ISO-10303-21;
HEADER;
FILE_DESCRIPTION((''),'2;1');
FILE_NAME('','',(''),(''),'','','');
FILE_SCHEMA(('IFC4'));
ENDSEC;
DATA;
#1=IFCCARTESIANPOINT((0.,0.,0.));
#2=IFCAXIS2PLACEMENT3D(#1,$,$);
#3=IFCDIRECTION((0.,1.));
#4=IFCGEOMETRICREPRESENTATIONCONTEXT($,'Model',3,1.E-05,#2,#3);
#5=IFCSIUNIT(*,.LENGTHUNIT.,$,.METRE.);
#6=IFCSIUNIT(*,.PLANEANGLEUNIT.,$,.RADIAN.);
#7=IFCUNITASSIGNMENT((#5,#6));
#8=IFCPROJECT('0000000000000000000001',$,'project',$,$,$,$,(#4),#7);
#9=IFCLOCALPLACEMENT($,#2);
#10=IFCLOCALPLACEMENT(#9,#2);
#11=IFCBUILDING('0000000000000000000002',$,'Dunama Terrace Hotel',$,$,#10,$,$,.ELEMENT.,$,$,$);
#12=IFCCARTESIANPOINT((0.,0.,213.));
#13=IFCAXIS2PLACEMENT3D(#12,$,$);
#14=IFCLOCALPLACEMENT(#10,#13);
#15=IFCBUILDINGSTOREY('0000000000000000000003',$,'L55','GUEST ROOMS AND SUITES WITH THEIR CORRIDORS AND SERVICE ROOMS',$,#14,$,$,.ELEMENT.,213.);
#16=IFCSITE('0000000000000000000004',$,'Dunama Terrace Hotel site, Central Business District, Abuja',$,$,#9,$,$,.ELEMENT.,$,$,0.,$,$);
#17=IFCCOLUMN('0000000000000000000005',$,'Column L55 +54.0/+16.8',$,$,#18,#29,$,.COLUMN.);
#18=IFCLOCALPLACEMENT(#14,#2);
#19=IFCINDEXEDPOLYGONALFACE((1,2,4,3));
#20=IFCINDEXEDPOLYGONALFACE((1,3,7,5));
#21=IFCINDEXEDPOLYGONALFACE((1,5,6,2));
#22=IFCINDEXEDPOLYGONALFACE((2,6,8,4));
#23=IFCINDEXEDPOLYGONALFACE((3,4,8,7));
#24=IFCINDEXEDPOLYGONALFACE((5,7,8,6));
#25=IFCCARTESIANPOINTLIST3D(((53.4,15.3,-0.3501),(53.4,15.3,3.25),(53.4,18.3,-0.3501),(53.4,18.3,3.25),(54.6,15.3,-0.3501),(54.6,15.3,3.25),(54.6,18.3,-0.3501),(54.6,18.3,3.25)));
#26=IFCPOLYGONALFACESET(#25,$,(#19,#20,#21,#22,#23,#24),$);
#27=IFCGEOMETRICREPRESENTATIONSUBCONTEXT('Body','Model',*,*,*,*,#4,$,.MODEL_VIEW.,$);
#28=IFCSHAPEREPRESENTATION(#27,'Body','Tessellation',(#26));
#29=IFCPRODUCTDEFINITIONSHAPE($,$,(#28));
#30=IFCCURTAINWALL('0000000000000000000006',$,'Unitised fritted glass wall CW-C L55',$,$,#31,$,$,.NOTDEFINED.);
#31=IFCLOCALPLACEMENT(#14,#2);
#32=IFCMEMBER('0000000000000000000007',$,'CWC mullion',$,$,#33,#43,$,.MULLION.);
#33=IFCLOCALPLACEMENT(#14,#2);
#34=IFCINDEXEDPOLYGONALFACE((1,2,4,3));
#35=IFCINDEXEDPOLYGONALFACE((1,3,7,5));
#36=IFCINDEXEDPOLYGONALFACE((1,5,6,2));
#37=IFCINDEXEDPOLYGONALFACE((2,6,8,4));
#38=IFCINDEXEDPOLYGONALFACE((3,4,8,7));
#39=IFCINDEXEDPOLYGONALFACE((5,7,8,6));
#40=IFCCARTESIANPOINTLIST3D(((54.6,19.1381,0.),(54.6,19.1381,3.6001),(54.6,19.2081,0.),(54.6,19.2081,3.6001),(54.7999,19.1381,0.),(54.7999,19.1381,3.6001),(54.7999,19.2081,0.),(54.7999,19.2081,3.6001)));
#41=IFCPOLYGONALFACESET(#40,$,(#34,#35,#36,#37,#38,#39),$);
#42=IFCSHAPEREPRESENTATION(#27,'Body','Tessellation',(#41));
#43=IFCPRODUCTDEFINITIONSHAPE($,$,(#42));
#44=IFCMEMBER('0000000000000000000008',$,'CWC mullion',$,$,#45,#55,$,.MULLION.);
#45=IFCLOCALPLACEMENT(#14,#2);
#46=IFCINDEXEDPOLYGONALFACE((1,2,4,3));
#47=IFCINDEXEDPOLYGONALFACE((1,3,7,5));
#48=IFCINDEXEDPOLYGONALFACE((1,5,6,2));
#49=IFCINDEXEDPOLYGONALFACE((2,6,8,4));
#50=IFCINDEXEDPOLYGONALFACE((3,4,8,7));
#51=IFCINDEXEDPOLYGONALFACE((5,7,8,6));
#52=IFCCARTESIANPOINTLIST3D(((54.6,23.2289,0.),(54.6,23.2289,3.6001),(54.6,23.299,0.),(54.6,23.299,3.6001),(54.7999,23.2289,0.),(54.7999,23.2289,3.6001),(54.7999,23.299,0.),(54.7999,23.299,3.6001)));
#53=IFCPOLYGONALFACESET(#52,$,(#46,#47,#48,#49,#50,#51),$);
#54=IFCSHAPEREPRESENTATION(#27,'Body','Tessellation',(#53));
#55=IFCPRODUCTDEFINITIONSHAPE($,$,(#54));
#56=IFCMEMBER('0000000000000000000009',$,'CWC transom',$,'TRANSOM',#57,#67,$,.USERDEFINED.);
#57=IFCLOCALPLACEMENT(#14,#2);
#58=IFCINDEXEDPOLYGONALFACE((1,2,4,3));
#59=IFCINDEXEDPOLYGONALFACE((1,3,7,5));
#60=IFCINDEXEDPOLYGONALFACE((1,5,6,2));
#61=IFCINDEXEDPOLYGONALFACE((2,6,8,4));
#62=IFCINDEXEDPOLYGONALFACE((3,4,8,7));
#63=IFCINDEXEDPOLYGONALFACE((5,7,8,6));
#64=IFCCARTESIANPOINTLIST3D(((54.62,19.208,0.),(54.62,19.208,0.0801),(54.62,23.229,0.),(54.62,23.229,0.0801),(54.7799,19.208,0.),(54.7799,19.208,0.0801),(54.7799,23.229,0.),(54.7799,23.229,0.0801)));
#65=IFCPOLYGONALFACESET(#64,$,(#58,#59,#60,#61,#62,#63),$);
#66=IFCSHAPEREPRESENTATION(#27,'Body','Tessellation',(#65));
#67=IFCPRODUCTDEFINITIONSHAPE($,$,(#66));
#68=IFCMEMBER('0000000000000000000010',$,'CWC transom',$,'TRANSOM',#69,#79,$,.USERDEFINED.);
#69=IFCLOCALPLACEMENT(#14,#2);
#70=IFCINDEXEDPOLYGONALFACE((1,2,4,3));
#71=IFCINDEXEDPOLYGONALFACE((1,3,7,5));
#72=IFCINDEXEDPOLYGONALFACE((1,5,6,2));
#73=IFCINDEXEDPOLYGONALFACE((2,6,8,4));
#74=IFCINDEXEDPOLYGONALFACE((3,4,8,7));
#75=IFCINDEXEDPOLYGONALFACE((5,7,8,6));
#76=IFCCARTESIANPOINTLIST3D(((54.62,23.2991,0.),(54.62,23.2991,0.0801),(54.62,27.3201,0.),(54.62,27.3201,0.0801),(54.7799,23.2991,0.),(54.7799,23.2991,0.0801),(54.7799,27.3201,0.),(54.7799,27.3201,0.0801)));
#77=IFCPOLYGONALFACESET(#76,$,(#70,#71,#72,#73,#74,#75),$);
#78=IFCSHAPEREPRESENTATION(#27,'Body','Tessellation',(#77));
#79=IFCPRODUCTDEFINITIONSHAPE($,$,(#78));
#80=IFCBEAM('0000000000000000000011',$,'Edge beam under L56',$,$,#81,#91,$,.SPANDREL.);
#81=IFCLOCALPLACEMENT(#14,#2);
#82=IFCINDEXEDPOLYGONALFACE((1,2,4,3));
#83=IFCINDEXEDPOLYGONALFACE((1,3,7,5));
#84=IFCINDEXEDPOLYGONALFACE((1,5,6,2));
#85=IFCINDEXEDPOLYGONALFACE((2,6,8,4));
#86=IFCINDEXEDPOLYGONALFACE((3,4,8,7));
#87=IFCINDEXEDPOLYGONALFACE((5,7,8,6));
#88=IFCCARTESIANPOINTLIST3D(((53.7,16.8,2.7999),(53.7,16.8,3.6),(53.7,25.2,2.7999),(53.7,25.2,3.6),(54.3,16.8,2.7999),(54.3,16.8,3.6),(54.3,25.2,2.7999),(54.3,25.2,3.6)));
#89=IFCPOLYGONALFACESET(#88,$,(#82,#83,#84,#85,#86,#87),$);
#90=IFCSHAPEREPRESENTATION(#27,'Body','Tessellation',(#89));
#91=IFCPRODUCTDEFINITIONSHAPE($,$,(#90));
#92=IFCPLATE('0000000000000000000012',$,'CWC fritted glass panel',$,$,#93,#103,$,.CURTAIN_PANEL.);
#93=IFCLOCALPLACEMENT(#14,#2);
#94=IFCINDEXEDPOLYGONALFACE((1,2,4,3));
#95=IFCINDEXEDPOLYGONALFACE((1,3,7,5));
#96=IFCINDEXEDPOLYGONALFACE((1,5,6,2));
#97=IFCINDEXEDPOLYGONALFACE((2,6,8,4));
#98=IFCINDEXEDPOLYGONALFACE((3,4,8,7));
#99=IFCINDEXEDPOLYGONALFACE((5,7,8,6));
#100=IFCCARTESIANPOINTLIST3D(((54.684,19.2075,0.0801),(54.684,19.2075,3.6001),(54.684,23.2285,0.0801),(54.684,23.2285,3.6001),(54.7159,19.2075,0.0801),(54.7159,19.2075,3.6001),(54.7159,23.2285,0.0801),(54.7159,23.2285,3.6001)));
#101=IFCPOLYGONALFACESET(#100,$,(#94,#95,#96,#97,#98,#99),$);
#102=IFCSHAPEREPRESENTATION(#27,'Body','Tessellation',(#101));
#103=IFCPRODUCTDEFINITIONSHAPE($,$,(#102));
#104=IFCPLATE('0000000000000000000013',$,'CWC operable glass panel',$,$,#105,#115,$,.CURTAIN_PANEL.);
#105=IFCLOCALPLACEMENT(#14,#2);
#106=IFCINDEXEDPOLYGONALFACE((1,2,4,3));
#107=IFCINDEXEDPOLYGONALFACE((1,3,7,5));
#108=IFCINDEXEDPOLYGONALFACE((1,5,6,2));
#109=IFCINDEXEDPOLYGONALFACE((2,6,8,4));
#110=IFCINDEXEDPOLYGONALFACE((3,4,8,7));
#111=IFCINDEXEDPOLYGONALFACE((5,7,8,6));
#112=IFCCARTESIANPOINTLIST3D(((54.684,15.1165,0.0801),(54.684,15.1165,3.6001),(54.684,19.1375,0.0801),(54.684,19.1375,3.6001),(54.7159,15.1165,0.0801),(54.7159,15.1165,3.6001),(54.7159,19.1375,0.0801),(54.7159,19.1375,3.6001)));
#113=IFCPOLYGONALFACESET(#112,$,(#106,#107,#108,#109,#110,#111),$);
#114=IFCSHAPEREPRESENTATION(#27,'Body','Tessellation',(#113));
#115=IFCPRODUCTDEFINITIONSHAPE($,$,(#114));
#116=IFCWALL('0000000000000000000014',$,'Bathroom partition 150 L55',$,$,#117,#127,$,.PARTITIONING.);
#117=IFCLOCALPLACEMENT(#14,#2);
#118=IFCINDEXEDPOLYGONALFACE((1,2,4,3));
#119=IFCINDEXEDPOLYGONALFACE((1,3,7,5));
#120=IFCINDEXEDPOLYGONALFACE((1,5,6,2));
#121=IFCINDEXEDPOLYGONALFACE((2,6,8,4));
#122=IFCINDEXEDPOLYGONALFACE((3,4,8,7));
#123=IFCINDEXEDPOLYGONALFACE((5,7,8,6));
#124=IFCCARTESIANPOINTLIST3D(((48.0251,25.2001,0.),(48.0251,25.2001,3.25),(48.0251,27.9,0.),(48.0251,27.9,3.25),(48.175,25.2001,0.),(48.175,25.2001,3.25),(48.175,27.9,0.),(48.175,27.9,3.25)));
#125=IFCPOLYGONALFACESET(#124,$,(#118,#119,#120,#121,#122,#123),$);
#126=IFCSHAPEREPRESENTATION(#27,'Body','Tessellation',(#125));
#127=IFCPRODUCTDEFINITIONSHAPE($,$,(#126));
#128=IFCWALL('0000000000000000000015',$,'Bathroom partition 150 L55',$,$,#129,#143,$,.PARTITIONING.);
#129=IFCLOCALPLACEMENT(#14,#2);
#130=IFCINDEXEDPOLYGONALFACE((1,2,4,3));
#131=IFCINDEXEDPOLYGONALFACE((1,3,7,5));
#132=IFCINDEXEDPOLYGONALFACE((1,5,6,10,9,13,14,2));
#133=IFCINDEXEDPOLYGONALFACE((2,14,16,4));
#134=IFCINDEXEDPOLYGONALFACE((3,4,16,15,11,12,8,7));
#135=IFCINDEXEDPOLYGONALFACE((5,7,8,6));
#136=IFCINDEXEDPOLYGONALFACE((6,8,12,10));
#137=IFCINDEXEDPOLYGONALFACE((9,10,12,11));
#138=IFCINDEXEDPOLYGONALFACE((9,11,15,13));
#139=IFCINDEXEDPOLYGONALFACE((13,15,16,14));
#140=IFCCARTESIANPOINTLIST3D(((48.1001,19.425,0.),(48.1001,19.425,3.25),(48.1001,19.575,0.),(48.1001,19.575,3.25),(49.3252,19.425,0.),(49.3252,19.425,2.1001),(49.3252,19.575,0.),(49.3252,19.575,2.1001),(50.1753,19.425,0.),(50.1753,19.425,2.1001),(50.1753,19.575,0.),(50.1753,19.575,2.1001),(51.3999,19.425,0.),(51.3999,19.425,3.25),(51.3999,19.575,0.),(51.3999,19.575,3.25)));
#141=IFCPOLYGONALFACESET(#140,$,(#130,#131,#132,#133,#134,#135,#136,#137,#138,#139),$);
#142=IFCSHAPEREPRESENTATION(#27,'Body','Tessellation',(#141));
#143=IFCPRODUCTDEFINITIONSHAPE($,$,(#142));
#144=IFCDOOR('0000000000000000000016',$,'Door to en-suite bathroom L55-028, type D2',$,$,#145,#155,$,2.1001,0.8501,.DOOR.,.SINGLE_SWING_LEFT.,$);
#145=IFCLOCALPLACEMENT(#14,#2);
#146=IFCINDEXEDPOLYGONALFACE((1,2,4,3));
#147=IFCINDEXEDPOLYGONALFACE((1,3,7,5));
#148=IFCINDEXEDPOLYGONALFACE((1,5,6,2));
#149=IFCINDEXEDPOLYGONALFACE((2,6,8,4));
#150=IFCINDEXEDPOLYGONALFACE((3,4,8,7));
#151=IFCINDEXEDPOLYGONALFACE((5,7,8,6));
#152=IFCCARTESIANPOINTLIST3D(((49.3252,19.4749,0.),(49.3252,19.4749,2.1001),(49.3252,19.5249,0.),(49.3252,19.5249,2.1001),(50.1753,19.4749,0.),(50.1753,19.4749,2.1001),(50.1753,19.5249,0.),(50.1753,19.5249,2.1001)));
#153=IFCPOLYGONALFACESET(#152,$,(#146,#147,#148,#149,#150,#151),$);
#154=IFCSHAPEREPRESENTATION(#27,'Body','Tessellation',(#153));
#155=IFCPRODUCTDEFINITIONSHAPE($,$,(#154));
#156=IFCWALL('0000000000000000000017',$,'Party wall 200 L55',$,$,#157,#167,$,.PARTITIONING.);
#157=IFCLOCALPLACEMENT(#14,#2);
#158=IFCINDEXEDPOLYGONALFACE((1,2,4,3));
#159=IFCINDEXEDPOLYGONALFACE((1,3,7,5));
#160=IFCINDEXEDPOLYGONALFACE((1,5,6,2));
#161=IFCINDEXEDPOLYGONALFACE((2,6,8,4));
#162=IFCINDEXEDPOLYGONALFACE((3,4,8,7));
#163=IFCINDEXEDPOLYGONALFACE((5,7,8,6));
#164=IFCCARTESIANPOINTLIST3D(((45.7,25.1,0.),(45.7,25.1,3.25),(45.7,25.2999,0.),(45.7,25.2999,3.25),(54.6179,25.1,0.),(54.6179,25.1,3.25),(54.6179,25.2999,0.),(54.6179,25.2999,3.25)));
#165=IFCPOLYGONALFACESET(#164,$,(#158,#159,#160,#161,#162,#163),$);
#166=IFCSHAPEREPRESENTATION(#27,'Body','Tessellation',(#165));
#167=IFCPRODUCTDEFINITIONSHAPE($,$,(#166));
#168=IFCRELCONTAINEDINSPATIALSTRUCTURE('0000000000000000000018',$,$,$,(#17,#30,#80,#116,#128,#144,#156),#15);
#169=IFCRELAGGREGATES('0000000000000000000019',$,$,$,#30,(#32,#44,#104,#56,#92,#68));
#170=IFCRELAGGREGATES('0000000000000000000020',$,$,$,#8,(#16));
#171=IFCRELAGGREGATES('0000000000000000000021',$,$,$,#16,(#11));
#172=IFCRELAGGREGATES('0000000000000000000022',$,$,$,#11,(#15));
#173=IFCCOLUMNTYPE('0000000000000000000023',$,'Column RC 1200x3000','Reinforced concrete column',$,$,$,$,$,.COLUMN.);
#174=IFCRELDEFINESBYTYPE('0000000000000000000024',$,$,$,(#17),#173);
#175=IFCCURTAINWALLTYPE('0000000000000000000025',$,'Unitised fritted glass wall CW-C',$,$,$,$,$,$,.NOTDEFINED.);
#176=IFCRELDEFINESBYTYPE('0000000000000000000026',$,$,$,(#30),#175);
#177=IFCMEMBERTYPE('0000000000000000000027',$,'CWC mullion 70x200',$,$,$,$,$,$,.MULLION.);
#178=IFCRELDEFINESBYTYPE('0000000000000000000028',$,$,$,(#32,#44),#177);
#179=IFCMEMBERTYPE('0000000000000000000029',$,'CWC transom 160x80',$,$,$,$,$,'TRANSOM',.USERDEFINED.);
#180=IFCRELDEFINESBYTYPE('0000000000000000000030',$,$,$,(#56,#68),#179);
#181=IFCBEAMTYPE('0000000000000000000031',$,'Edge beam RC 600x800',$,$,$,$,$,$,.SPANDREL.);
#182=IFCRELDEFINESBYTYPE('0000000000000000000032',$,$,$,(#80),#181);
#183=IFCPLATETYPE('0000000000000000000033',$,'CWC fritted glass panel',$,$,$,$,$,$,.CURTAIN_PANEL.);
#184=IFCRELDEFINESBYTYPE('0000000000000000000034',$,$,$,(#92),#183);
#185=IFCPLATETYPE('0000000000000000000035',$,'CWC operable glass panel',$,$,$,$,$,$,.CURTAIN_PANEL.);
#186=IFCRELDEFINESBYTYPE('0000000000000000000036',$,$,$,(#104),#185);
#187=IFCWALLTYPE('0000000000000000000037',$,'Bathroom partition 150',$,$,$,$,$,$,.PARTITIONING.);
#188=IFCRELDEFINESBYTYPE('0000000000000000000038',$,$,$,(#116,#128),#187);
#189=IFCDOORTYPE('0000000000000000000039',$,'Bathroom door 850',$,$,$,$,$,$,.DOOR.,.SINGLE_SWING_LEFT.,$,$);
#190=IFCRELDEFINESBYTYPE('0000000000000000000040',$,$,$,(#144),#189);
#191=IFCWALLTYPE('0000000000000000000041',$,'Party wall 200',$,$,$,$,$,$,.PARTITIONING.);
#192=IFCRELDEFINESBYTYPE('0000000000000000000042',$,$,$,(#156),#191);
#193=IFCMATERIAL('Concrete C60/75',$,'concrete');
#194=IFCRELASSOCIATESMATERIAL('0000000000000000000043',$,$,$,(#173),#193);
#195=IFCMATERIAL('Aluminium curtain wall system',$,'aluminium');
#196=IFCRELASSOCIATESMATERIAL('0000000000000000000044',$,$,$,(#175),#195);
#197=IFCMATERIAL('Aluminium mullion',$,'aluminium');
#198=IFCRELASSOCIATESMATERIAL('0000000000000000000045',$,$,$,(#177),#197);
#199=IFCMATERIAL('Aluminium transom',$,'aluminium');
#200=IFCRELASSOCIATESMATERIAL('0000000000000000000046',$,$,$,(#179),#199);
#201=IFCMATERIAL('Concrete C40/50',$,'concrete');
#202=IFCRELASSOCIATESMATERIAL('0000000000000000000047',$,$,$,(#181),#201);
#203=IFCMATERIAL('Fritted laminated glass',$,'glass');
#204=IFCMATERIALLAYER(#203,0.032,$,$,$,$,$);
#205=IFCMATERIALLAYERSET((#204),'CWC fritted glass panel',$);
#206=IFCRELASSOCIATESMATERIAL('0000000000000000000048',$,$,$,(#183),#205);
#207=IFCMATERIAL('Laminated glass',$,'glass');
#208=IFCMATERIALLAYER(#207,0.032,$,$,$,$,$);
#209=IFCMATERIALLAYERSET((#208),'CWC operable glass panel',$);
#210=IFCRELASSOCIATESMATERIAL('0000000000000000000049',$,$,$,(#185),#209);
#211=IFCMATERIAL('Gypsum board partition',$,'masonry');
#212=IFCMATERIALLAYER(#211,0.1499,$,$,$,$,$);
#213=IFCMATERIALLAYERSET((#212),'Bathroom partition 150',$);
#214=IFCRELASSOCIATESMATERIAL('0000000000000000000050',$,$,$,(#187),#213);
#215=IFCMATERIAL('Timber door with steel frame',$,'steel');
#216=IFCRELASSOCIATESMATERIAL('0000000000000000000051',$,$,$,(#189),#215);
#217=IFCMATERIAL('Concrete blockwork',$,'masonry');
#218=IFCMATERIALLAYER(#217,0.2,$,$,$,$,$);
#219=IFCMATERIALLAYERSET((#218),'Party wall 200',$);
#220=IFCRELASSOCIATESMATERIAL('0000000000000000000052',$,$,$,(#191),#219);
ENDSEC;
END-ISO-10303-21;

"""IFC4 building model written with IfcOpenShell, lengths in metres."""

from ifc_helpers import new_model, si_unit, direction, frame, frame_2d, origin, origin_2d, place, context, subcontext, project, spatial, rectangle, extrude, material, layer, layer_set, material_profile, profile_set, type_object, element, fill, aggregate, save


model = new_model("IFC4")

# Units and contexts
model_context = context("Model", 3, precision=1e-05, world=origin(), true_north=direction((0.0, 1.0)))
body_context = subcontext(model_context, "Body", "Model", "MODEL_VIEW")
ifc_project = project(units=[si_unit("LENGTHUNIT", "METRE"), si_unit("PLANEANGLEUNIT", "RADIAN")], contexts=[model_context])

# Site, building, storey
site_placement = place(None, origin())
site = spatial("IfcSite", under=ifc_project, at=site_placement, Name="Dunama Terrace Hotel site, Central Business District, Abuja", CompositionType="ELEMENT", RefElevation=0.0)
building_placement = place(site_placement, origin())
building = spatial("IfcBuilding", under=site, at=building_placement, Name="Dunama Terrace Hotel", CompositionType="ELEMENT")
storey_placement = place(building_placement, frame((0.0, 0.0, 213.0)))
storey = spatial("IfcBuildingStorey", under=building, at=storey_placement, Name="L55", Description="GUEST ROOMS AND SUITES WITH THEIR CORRIDORS AND SERVICE ROOMS", CompositionType="ELEMENT", Elevation=213.0)

# Column
ifc_material_1 = material(Name="Concrete C60/75", Category="concrete")
ifc_material_profile_1 = material_profile(ifc_material_1, rectangle(XDim=1.2, YDim=3.0, at=origin_2d()), Name="RC 1200x3000")
ifc_profile_set_1 = profile_set([ifc_material_profile_1], Name="Concrete C60/75")
column_type = type_object("IfcColumnType", Name="Column RC 1200x3000", Description="Reinforced concrete column", PredefinedType="COLUMN", material=ifc_profile_set_1)
column_placement = place(storey_placement, frame((54.0, 16.8, -0.3501), z_axis=(0.0, 0.0, 1.0), x_axis=(1.0, 0.0, 0.0)))
element("IfcColumn", 1, at=column_placement, inside=storey, type_object=column_type, Name="Column L55 +54.0/+16.8", PredefinedType="COLUMN", context=body_context, shape_type="SweptSolid", body=[
    extrude(rectangle(XDim=1.2, YDim=3.0, at=origin_2d()), origin(), (0.0, 0.0, 1.0), 3.6001),
])

# Curtain wall, members
ifc_material_2 = material(Name="Aluminium curtain wall system", Category="aluminium")
curtain_wall_type = type_object("IfcCurtainWallType", Name="Unitised fritted glass wall CW-C", PredefinedType="NOTDEFINED", material=ifc_material_2)
curtain_wall_placement = place(storey_placement, origin())
curtain_wall = element("IfcCurtainWall", 2, at=curtain_wall_placement, inside=storey, type_object=curtain_wall_type, Name="Unitised fritted glass wall CW-C L55", PredefinedType="NOTDEFINED")
ifc_material_3 = material(Name="Aluminium mullion", Category="aluminium")
ifc_material_profile_2 = material_profile(ifc_material_3, rectangle(XDim=0.0701, YDim=0.2, at=origin_2d()), Name="CWC MULLION 70X200")
ifc_profile_set_2 = profile_set([ifc_material_profile_2], Name="Aluminium mullion")
member_type_1 = type_object("IfcMemberType", Name="CWC mullion 70x200", PredefinedType="MULLION", material=ifc_profile_set_2)
member_1_placement = place(storey_placement, frame((54.7, 19.1731, 0.0), z_axis=(0.0, 0.0, 1.0), x_axis=(0.0, 1.0, 0.0)))
member_1 = element("IfcMember", 3, at=member_1_placement, type_object=member_type_1, Name="CWC mullion", PredefinedType="MULLION", context=body_context, shape_type="SweptSolid", body=[
    extrude(rectangle(XDim=0.0701, YDim=0.2, at=origin_2d()), origin(), (0.0, 0.0, 1.0), 3.6001),
])
member_2_placement = place(storey_placement, frame((54.7, 23.2639, 0.0), z_axis=(0.0, 0.0, 1.0), x_axis=(0.0, 1.0, 0.0)))
member_2 = element("IfcMember", 4, at=member_2_placement, type_object=member_type_1, Name="CWC mullion", PredefinedType="MULLION", context=body_context, shape_type="SweptSolid", body=[
    extrude(rectangle(XDim=0.0701, YDim=0.2, at=origin_2d()), origin(), (0.0, 0.0, 1.0), 3.6001),
])
ifc_material_4 = material(Name="Aluminium transom", Category="aluminium")
ifc_material_profile_3 = material_profile(ifc_material_4, rectangle(XDim=0.1599, YDim=0.0801, at=origin_2d()), Name="CWC TRANSOM 160X80")
ifc_profile_set_3 = profile_set([ifc_material_profile_3], Name="Aluminium transom")
member_type_2 = type_object("IfcMemberType", Name="CWC transom 160x80", ElementType="TRANSOM", PredefinedType="USERDEFINED", material=ifc_profile_set_3)
member_3_placement = place(storey_placement, frame((54.7, 19.208, 0.04), z_axis=(0.0, 1.0, 0.0), x_axis=(-1.0, 0.0, 0.0)))
member_3 = element("IfcMember", 5, at=member_3_placement, type_object=member_type_2, Name="CWC transom", ObjectType="TRANSOM", PredefinedType="USERDEFINED", context=body_context, shape_type="SweptSolid", body=[
    extrude(rectangle(XDim=0.1599, YDim=0.0801, at=origin_2d()), origin(), (0.0, 0.0, 1.0), 4.021),
])
member_4_placement = place(storey_placement, frame((54.7, 23.2991, 0.04), z_axis=(0.0, 1.0, 0.0), x_axis=(-1.0, 0.0, 0.0)))
member_4 = element("IfcMember", 6, at=member_4_placement, type_object=member_type_2, Name="CWC transom", ObjectType="TRANSOM", PredefinedType="USERDEFINED", context=body_context, shape_type="SweptSolid", body=[
    extrude(rectangle(XDim=0.1599, YDim=0.0801, at=origin_2d()), origin(), (0.0, 0.0, 1.0), 4.021),
])

# Beam
ifc_material_5 = material(Name="Concrete C40/50", Category="concrete")
ifc_material_profile_4 = material_profile(ifc_material_5, rectangle(XDim=0.6001, YDim=0.8, at=origin_2d()), Name="RC 600x800")
ifc_profile_set_4 = profile_set([ifc_material_profile_4], Name="Concrete C40/50")
beam_type = type_object("IfcBeamType", Name="Edge beam RC 600x800", PredefinedType="SPANDREL", material=ifc_profile_set_4)
beam_placement = place(storey_placement, frame((54.0, 16.8, 3.2), z_axis=(0.0, 1.0, 0.0), x_axis=(-1.0, 0.0, 0.0)))
element("IfcBeam", 7, at=beam_placement, inside=storey, type_object=beam_type, Name="Edge beam under L56", PredefinedType="SPANDREL", context=body_context, shape_type="SweptSolid", body=[
    extrude(rectangle(XDim=0.6001, YDim=0.8, at=origin_2d()), origin(), (0.0, 0.0, 1.0), 8.3999),
])

# Plates
ifc_material_6 = material(Name="Fritted laminated glass", Category="glass")
ifc_layer_1 = layer(ifc_material_6, 0.032)
ifc_layer_set_1 = layer_set([ifc_layer_1], Name="CWC fritted glass panel")
plate_type_1 = type_object("IfcPlateType", Name="CWC fritted glass panel", PredefinedType="CURTAIN_PANEL", material=ifc_layer_set_1)
plate_1_placement = place(storey_placement, frame((54.7, 21.218, 0.0801), z_axis=(0.0, 0.0, 1.0), x_axis=(0.0, 1.0, 0.0)))
plate_1 = element("IfcPlate", 8, at=plate_1_placement, type_object=plate_type_1, Name="CWC fritted glass panel", PredefinedType="CURTAIN_PANEL", context=body_context, shape_type="SweptSolid", body=[
    extrude(rectangle(XDim=4.021, YDim=0.032, at=origin_2d()), origin(), (0.0, 0.0, 1.0), 3.52),
])
ifc_material_7 = material(Name="Laminated glass", Category="glass")
ifc_layer_2 = layer(ifc_material_7, 0.032)
ifc_layer_set_2 = layer_set([ifc_layer_2], Name="CWC operable glass panel")
plate_type_2 = type_object("IfcPlateType", Name="CWC operable glass panel", PredefinedType="CURTAIN_PANEL", material=ifc_layer_set_2)
plate_2_placement = place(storey_placement, frame((54.7, 17.127, 0.0801), z_axis=(0.0, 0.0, 1.0), x_axis=(0.0, 1.0, 0.0)))
plate_2 = element("IfcPlate", 9, at=plate_2_placement, type_object=plate_type_2, Name="CWC operable glass panel", PredefinedType="CURTAIN_PANEL", context=body_context, shape_type="SweptSolid", body=[
    extrude(rectangle(XDim=4.021, YDim=0.032, at=origin_2d()), origin(), (0.0, 0.0, 1.0), 3.52),
])
aggregate(curtain_wall, [member_1, member_2, plate_2, member_3, plate_1, member_4])

# Wall
ifc_material_8 = material(Name="Gypsum board partition", Category="masonry")
ifc_layer_3 = layer(ifc_material_8, 0.1499)
ifc_layer_set_3 = layer_set([ifc_layer_3], Name="Bathroom partition 150")
wall_type_1 = type_object("IfcWallType", Name="Bathroom partition 150", PredefinedType="PARTITIONING", material=ifc_layer_set_3)
wall_1_placement = place(storey_placement, frame((48.1001, 25.2, 0.0), z_axis=(0.0, 0.0, 1.0), x_axis=(0.0, 1.0, 0.0)))
element("IfcWall", 10, at=wall_1_placement, inside=storey, type_object=wall_type_1, Name="Bathroom partition 150 L55", PredefinedType="PARTITIONING", context=body_context, shape_type="SweptSolid", body=[
    extrude(rectangle(XDim=2.7, YDim=0.1499, at=frame_2d((1.3501, 0.0))), origin(), (0.0, 0.0, 1.0), 3.25),
])

# Wall, opening, door
wall_2_placement = place(storey_placement, frame((48.1001, 19.5, 0.0), z_axis=(0.0, 0.0, 1.0), x_axis=(1.0, 0.0, 0.0)))
wall_2 = element("IfcWall", 11, at=wall_2_placement, inside=storey, type_object=wall_type_1, Name="Bathroom partition 150 L55", PredefinedType="PARTITIONING", context=body_context, shape_type="SweptSolid", body=[
    extrude(rectangle(XDim=3.2998, YDim=0.1499, at=frame_2d((1.6499, 0.0))), origin(), (0.0, 0.0, 1.0), 3.25),
])
opening_placement = place(wall_2_placement, frame((1.2251, 0.0, 0.0)))
opening = element("IfcOpeningElement", 12, at=opening_placement, cuts=wall_2, PredefinedType="OPENING", context=body_context, shape_type="SweptSolid", body=[
    extrude(rectangle(XDim=0.8501, YDim=2.1001, at=frame_2d((0.425, 1.05))), frame((0.0, 0.085, 0.0), z_axis=(0.0, -1.0, 0.0), x_axis=(1.0, 0.0, 0.0)), (0.0, 0.0, 1.0), 0.1699),
])
ifc_material_9 = material(Name="Timber door with steel frame", Category="steel")
door_type = type_object("IfcDoorType", Name="Bathroom door 850", OperationType="SINGLE_SWING_LEFT", PredefinedType="DOOR", material=ifc_material_9)
door_placement = place(opening_placement, frame((0.8501, 0.0, 0.0), z_axis=(0.0, 0.0, 1.0), x_axis=(-1.0, 0.0, 0.0)))
door = element("IfcDoor", 13, at=door_placement, inside=storey, type_object=door_type, Name="Door to en-suite bathroom L55-028, type D2", OperationType="SINGLE_SWING_LEFT", OverallHeight=2.1001, OverallWidth=0.8501, PredefinedType="DOOR", context=body_context, shape_type="SweptSolid", body=[
    extrude(rectangle(XDim=0.8501, YDim=2.1001, at=frame_2d((0.425, 1.05))), frame((0.0, 0.0251, 0.0), z_axis=(0.0, -1.0, 0.0), x_axis=(1.0, 0.0, 0.0)), (0.0, 0.0, 1.0), 0.05),
])
fill(opening, door)

# Wall
ifc_material_10 = material(Name="Concrete blockwork", Category="masonry")
ifc_layer_4 = layer(ifc_material_10, 0.2)
ifc_layer_set_4 = layer_set([ifc_layer_4], Name="Party wall 200")
wall_type_2 = type_object("IfcWallType", Name="Party wall 200", PredefinedType="PARTITIONING", material=ifc_layer_set_4)
wall_3_placement = place(storey_placement, frame((45.7, 25.2, 0.0), z_axis=(0.0, 0.0, 1.0), x_axis=(1.0, 0.0, 0.0)))
element("IfcWall", 14, at=wall_3_placement, inside=storey, type_object=wall_type_2, Name="Party wall 200 L55", PredefinedType="PARTITIONING", context=body_context, shape_type="SweptSolid", body=[
    extrude(rectangle(XDim=8.918, YDim=0.2, at=frame_2d((4.459, 0.0))), origin(), (0.0, 0.0, 1.0), 3.25),
])

save(model, "model.ifc")
